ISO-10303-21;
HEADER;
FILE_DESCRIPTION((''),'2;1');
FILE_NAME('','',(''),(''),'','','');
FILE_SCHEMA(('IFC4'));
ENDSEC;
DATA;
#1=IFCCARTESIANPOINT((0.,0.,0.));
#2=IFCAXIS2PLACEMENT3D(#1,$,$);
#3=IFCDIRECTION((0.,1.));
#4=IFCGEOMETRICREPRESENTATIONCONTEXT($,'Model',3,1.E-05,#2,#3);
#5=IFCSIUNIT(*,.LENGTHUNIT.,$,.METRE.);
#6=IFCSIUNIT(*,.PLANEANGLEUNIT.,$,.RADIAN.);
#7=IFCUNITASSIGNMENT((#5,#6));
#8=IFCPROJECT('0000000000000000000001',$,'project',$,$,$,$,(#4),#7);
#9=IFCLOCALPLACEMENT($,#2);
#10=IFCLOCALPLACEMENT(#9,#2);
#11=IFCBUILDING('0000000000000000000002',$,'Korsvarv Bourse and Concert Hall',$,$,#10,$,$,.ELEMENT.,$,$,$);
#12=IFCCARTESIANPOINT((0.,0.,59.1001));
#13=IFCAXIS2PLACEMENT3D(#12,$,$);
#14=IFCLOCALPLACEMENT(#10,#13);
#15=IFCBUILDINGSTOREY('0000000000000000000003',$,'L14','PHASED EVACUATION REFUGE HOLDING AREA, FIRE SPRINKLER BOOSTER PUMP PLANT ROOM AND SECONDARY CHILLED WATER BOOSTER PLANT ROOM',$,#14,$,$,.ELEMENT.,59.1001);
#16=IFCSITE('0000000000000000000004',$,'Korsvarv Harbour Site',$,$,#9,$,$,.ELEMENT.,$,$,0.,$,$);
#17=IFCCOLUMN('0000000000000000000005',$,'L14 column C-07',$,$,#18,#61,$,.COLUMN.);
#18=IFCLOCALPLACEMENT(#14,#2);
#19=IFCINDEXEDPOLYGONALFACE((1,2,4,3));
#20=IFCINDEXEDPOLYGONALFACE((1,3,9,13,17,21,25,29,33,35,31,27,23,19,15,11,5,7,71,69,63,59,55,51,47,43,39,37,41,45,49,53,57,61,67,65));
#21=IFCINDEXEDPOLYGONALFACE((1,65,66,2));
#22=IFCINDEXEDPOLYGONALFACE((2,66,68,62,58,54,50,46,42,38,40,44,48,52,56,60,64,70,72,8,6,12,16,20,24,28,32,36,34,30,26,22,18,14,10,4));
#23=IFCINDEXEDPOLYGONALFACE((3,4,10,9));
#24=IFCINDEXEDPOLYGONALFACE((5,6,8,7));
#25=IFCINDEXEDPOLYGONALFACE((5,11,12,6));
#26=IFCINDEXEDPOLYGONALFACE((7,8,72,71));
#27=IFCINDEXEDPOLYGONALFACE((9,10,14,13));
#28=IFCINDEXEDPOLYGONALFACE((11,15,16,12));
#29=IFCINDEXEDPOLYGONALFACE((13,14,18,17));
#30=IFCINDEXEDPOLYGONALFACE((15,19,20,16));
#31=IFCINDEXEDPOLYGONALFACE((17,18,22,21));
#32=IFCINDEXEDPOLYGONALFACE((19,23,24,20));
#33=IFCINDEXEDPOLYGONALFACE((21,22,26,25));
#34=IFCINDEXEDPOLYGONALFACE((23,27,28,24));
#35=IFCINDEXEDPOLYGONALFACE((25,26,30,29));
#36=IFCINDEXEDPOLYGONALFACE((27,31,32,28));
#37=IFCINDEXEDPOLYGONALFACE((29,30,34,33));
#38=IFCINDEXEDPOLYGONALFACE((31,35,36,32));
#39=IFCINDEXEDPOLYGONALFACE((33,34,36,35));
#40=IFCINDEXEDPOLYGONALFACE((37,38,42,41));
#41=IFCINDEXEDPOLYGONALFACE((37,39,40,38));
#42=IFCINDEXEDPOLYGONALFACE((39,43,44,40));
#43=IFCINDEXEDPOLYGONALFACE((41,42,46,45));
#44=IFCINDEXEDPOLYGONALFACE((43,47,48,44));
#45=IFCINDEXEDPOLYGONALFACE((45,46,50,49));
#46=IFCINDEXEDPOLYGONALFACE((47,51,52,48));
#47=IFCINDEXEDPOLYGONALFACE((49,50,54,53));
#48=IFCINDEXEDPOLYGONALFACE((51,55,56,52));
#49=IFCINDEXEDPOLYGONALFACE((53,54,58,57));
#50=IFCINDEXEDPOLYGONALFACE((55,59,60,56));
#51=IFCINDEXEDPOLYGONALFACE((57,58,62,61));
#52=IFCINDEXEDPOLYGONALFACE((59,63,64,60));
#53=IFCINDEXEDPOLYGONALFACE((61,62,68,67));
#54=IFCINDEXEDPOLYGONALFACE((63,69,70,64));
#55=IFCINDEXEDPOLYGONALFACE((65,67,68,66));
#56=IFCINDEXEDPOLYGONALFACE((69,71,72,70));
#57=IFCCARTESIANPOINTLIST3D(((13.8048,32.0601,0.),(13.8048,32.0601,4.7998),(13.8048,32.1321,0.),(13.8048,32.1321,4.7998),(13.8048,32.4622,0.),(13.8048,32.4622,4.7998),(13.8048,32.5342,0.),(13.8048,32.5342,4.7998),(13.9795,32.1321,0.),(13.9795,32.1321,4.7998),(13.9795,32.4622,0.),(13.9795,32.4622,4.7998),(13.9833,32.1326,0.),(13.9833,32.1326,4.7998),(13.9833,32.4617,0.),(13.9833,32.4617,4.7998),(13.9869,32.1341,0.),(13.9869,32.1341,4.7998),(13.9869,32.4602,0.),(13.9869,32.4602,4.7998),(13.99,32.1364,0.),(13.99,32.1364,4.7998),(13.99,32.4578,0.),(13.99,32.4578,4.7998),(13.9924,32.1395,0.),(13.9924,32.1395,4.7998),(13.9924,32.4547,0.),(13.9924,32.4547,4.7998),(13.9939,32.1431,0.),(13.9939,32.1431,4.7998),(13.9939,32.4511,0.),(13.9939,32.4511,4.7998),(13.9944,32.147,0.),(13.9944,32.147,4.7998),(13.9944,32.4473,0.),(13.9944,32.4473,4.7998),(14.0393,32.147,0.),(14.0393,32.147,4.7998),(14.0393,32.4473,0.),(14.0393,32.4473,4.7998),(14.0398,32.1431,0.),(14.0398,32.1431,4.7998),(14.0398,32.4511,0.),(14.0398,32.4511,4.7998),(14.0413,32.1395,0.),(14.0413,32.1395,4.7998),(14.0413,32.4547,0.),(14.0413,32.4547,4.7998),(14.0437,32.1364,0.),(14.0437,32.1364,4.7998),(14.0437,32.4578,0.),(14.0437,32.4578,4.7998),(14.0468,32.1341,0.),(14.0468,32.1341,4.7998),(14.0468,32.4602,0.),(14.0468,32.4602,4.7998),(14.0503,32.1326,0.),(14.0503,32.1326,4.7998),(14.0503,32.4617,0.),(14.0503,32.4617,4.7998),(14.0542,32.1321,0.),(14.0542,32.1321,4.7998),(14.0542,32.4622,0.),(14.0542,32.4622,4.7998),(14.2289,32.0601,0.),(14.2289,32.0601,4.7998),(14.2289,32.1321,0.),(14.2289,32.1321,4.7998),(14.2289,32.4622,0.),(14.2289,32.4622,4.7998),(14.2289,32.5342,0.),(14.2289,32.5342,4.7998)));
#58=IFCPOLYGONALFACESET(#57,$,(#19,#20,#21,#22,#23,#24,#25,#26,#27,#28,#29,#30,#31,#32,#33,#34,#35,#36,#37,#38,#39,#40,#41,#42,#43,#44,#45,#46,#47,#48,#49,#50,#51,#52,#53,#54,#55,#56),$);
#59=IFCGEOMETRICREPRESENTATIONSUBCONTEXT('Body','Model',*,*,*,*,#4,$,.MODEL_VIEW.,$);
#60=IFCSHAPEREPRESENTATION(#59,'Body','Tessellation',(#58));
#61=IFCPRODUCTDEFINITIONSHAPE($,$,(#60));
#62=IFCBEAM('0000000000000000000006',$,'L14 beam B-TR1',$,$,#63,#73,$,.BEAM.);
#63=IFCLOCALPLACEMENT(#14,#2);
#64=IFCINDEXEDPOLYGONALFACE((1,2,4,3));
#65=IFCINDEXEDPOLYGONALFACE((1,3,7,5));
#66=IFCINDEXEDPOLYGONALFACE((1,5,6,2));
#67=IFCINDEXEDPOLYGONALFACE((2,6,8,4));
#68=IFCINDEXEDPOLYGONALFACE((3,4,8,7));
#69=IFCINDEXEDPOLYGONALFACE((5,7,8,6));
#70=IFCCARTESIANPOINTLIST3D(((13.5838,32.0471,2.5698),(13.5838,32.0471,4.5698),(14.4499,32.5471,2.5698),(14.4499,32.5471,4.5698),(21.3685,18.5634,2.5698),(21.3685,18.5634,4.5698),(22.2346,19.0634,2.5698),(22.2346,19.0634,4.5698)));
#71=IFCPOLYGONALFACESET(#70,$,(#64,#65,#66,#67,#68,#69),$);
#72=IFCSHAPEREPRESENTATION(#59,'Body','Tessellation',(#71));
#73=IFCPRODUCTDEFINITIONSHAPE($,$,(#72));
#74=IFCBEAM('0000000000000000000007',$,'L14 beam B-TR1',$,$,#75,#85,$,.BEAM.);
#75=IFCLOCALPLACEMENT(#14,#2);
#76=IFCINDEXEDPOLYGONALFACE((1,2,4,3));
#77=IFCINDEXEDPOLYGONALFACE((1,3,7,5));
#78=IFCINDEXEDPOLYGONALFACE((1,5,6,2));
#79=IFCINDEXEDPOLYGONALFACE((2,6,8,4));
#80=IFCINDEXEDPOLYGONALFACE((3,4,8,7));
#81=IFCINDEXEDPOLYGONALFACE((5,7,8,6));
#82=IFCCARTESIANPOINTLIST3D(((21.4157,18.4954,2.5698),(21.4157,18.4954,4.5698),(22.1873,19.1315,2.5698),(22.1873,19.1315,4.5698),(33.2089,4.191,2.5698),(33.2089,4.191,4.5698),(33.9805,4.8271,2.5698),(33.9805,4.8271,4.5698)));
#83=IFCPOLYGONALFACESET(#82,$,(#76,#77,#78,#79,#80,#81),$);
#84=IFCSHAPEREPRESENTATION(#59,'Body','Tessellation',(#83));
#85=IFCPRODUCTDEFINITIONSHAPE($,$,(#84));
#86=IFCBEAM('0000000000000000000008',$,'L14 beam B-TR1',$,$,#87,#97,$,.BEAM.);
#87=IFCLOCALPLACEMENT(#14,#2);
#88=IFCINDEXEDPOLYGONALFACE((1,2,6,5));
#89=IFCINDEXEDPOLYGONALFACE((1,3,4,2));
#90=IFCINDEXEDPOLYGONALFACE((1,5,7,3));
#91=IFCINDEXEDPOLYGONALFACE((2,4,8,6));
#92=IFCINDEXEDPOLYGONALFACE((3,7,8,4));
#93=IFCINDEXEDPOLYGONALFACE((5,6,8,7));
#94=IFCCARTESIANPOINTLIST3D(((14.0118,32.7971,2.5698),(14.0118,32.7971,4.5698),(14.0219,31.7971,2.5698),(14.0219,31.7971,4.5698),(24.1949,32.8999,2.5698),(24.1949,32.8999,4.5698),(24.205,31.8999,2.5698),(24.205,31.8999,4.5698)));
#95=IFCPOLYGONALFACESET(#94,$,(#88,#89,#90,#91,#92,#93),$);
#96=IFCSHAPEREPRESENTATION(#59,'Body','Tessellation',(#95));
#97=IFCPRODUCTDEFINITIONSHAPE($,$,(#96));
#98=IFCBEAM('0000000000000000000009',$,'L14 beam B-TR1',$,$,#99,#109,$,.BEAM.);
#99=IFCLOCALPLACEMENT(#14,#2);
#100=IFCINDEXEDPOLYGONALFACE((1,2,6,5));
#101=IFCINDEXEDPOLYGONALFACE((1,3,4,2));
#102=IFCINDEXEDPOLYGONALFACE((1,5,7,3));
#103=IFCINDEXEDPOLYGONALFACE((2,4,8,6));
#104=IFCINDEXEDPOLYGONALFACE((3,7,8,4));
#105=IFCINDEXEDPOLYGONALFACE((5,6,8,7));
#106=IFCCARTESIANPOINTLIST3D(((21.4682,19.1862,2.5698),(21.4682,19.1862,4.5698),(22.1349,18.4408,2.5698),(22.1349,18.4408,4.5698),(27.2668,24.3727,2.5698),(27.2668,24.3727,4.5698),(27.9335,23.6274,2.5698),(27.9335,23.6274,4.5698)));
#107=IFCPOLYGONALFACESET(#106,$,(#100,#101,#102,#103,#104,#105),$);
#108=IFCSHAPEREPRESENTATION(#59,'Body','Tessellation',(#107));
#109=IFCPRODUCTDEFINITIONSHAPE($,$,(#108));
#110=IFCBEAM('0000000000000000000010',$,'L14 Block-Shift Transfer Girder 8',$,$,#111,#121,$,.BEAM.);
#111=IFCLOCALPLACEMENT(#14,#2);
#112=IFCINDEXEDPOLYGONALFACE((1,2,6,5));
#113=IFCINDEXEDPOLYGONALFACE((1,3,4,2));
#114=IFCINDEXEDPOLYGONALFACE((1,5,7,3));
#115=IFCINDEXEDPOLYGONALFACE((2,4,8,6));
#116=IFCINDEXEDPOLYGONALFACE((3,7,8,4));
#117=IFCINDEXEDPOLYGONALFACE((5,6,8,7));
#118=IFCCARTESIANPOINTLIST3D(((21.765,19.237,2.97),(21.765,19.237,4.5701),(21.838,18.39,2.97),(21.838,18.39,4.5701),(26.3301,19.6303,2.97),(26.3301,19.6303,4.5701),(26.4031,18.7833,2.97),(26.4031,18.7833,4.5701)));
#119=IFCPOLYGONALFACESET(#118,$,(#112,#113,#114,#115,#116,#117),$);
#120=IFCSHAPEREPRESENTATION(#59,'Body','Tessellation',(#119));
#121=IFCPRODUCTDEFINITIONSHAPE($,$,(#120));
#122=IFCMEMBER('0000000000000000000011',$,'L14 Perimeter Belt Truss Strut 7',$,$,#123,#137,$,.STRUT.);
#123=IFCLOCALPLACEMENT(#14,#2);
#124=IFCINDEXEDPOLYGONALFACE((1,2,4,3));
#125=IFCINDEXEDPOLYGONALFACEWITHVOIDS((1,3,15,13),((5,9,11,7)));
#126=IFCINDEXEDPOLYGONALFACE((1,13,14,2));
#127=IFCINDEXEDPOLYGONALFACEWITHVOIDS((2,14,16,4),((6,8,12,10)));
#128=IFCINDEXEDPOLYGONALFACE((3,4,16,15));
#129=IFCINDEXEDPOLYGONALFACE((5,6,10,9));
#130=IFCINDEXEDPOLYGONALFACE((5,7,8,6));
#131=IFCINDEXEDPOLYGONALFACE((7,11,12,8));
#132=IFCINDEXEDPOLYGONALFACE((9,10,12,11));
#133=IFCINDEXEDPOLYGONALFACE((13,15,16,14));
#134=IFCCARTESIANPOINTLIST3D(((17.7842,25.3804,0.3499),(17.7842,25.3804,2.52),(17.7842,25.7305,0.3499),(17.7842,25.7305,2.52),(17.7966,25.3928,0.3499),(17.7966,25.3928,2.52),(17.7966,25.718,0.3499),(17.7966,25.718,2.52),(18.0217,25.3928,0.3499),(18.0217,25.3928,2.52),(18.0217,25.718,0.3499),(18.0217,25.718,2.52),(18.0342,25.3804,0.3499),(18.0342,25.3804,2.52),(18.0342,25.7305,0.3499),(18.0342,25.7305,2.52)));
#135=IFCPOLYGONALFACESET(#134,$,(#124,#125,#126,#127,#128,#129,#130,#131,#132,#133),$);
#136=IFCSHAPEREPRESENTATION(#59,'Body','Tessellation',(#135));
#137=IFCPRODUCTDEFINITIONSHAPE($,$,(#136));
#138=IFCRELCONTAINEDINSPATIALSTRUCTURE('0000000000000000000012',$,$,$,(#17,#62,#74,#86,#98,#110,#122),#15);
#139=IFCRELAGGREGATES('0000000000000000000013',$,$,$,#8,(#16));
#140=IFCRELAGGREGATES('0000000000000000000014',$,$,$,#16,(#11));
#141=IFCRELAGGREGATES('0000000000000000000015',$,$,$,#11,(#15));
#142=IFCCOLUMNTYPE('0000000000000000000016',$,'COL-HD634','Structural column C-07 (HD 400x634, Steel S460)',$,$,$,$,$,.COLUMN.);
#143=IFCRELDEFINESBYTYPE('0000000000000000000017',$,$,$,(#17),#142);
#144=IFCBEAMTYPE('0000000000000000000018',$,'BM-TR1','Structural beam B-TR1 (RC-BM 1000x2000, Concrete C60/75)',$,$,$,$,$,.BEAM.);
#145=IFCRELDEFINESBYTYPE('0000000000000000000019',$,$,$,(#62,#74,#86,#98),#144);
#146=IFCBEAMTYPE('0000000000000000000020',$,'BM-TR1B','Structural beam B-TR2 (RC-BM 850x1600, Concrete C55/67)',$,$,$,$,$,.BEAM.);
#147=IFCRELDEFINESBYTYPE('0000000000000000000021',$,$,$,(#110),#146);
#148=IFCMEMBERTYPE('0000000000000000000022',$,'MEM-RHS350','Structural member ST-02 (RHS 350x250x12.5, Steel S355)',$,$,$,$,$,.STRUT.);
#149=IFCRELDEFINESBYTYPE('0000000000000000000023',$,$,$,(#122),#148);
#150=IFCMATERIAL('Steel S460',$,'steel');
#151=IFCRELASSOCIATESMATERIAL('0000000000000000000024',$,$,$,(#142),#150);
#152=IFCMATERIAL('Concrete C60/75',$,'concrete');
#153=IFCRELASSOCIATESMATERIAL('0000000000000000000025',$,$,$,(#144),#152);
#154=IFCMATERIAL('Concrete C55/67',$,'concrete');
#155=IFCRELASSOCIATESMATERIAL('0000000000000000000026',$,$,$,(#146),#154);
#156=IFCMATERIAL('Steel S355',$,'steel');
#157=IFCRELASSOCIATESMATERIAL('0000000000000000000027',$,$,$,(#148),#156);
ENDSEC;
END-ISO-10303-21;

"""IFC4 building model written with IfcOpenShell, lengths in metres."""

from ifc_helpers import new_model, si_unit, direction, frame, origin, origin_2d, place, context, subcontext, project, spatial, rectangle, hollow_rectangle, i_section, extrude, source, transform, mapped, material, material_profile, profile_set, type_object, element, save


model = new_model("IFC4")

# Units and contexts
model_context = context("Model", 3, precision=1e-05, world=origin(), true_north=direction((0.0, 1.0)))
body_context = subcontext(model_context, "Body", "Model", "MODEL_VIEW")
ifc_project = project(units=[si_unit("LENGTHUNIT", "METRE"), si_unit("PLANEANGLEUNIT", "RADIAN")], contexts=[model_context])

# Site, building, storey
site_placement = place(None, origin())
site = spatial("IfcSite", under=ifc_project, at=site_placement, Name="Korsvarv Harbour Site", CompositionType="ELEMENT", RefElevation=0.0)
building_placement = place(site_placement, origin())
building = spatial("IfcBuilding", under=site, at=building_placement, Name="Korsvarv Bourse and Concert Hall", CompositionType="ELEMENT")
storey_placement = place(building_placement, frame((0.0, 0.0, 59.1001)))
storey = spatial("IfcBuildingStorey", under=building, at=storey_placement, Name="L14", Description="PHASED EVACUATION REFUGE HOLDING AREA, FIRE SPRINKLER BOOSTER PUMP PLANT ROOM AND SECONDARY CHILLED WATER BOOSTER PLANT ROOM", CompositionType="ELEMENT", Elevation=59.1001)

# Column
ifc_material_1 = material(Name="Steel S460", Category="steel")
ifc_material_profile_1 = material_profile(ifc_material_1, i_section(OverallWidth=0.4241, OverallDepth=0.4741, WebThickness=0.0449, FlangeThickness=0.072, FilletRadius=0.0149, at=origin_2d()), Name="HD 400x634")
ifc_profile_set_1 = profile_set([ifc_material_profile_1], Name="Steel S460")
column_type = type_object("IfcColumnType", Name="COL-HD634", Description="Structural column C-07 (HD 400x634, Steel S460)", PredefinedType="COLUMN", material=ifc_profile_set_1)
shared_shape_1 = source(origin(), body_context, "Body", "SweptSolid", [
    extrude(i_section(OverallWidth=0.4241, OverallDepth=0.4741, WebThickness=0.0449, FlangeThickness=0.072, FilletRadius=0.0149, at=origin_2d()), origin(), (0.0, 0.0, 1.0), 4.7998),
])
column_placement = place(storey_placement, frame((14.0168, 32.2971, 0.0), z_axis=(0.0, 0.0, 1.0), x_axis=(1.0, 0.0, 0.0)))
element("IfcColumn", 1, at=column_placement, inside=storey, type_object=column_type, Name="L14 column C-07", PredefinedType="COLUMN", context=body_context, shape_type="MappedRepresentation", body=[
    mapped(shared_shape_1, transform((0.0, 0.0, 0.0), scale=1.0)),
])

# Beams
ifc_material_2 = material(Name="Concrete C60/75", Category="concrete")
ifc_material_profile_2 = material_profile(ifc_material_2, rectangle(XDim=1.0, YDim=2.0, at=origin_2d()), Name="RC-BM 1000x2000")
ifc_profile_set_2 = profile_set([ifc_material_profile_2], Name="Concrete C60/75")
beam_type_1 = type_object("IfcBeamType", Name="BM-TR1", Description="Structural beam B-TR1 (RC-BM 1000x2000, Concrete C60/75)", PredefinedType="BEAM", material=ifc_profile_set_2)
shared_shape_2 = source(origin(), body_context, "Body", "SweptSolid", [
    extrude(rectangle(XDim=1.0, YDim=2.0, at=origin_2d()), origin(), (0.0, 0.0, 1.0), 15.5696),
])
beam_1_placement = place(storey_placement, frame((14.0168, 32.2971, 3.5698), z_axis=(0.499994, -0.866029, 0.0), x_axis=(0.866029, 0.499994, 0.0)))
element("IfcBeam", 2, at=beam_1_placement, inside=storey, type_object=beam_type_1, Name="L14 beam B-TR1", PredefinedType="BEAM", context=body_context, shape_type="MappedRepresentation", body=[
    mapped(shared_shape_2, transform((0.0, 0.0, 0.0), scale=1.0)),
])
shared_shape_3 = source(origin(), body_context, "Body", "SweptSolid", [
    extrude(rectangle(XDim=1.0, YDim=2.0, at=origin_2d()), origin(), (0.0, 0.0, 1.0), 18.5391),
])
beam_2_placement = place(storey_placement, frame((21.8015, 18.8135, 3.5698), z_axis=(0.636128, -0.771584, 0.0), x_axis=(0.771584, 0.636128, 0.0)))
element("IfcBeam", 3, at=beam_2_placement, inside=storey, type_object=beam_type_1, Name="L14 beam B-TR1", PredefinedType="BEAM", context=body_context, shape_type="MappedRepresentation", body=[
    mapped(shared_shape_3, transform((0.0, 0.0, 0.0), scale=1.0)),
])
shared_shape_4 = source(origin(), body_context, "Body", "SweptSolid", [
    extrude(rectangle(XDim=1.0, YDim=2.0, at=origin_2d()), origin(), (0.0, 0.0, 1.0), 10.1836),
])
beam_3_placement = place(storey_placement, frame((14.0168, 32.2971, 3.5698), z_axis=(0.999949, 0.010093, 0.0), x_axis=(-0.010093, 0.999949, 0.0)))
element("IfcBeam", 4, at=beam_3_placement, inside=storey, type_object=beam_type_1, Name="L14 beam B-TR1", PredefinedType="BEAM", context=body_context, shape_type="MappedRepresentation", body=[
    mapped(shared_shape_4, transform((0.0, 0.0, 0.0), scale=1.0)),
])
shared_shape_5 = source(origin(), body_context, "Body", "SweptSolid", [
    extrude(rectangle(XDim=1.0, YDim=2.0, at=origin_2d()), origin(), (0.0, 0.0, 1.0), 7.7798),
])
beam_4_placement = place(storey_placement, frame((21.8015, 18.8135, 3.5698), z_axis=(0.745349, 0.666675, 0.0), x_axis=(-0.666675, 0.745349, 0.0)))
element("IfcBeam", 5, at=beam_4_placement, inside=storey, type_object=beam_type_1, Name="L14 beam B-TR1", PredefinedType="BEAM", context=body_context, shape_type="MappedRepresentation", body=[
    mapped(shared_shape_5, transform((0.0, 0.0, 0.0), scale=1.0)),
])
ifc_material_3 = material(Name="Concrete C55/67", Category="concrete")
ifc_material_profile_3 = material_profile(ifc_material_3, rectangle(XDim=0.8501, YDim=1.6001, at=origin_2d()), Name="RC-BM 850x1600")
ifc_profile_set_3 = profile_set([ifc_material_profile_3], Name="Concrete C55/67")
beam_type_2 = type_object("IfcBeamType", Name="BM-TR1B", Description="Structural beam B-TR2 (RC-BM 850x1600, Concrete C55/67)", PredefinedType="BEAM", material=ifc_profile_set_3)
shared_shape_6 = source(origin(), body_context, "Body", "SweptSolid", [
    extrude(rectangle(XDim=0.8501, YDim=1.6001, at=origin_2d()), origin(), (0.0, 0.0, 1.0), 4.582),
])
beam_5_placement = place(storey_placement, frame((21.8015, 18.8135, 3.77), z_axis=(0.996309, 0.085836, 0.0), x_axis=(-0.085836, 0.996309, 0.0)))
element("IfcBeam", 6, at=beam_5_placement, inside=storey, type_object=beam_type_2, Name="L14 Block-Shift Transfer Girder 8", PredefinedType="BEAM", context=body_context, shape_type="MappedRepresentation", body=[
    mapped(shared_shape_6, transform((0.0, 0.0, 0.0), scale=1.0)),
])

# Member
ifc_material_4 = material(Name="Steel S355", Category="steel")
ifc_material_profile_4 = material_profile(ifc_material_4, hollow_rectangle(XDim=0.25, YDim=0.3501, WallThickness=0.0125, at=origin_2d()), Name="RHS 350x250x12.5")
ifc_profile_set_4 = profile_set([ifc_material_profile_4], Name="Steel S355")
member_type_1 = type_object("IfcMemberType", Name="MEM-RHS350", Description="Structural member ST-02 (RHS 350x250x12.5, Steel S355)", PredefinedType="STRUT", material=ifc_profile_set_4)
shared_shape_7 = source(origin(), body_context, "Body", "SweptSolid", [
    extrude(hollow_rectangle(XDim=0.25, YDim=0.3501, WallThickness=0.0125, at=origin_2d()), origin(), (0.0, 0.0, 1.0), 2.1702),
])
member_1_placement = place(storey_placement, frame((17.9092, 25.5554, 0.3499), z_axis=(0.0, 0.0, 1.0), x_axis=(1.0, 0.0, 0.0)))
element("IfcMember", 7, at=member_1_placement, inside=storey, type_object=member_type_1, Name="L14 Perimeter Belt Truss Strut 7", PredefinedType="STRUT", context=body_context, shape_type="MappedRepresentation", body=[
    mapped(shared_shape_7, transform((0.0, 0.0, 0.0), scale=1.0)),
])

save(model, "model.ifc")
